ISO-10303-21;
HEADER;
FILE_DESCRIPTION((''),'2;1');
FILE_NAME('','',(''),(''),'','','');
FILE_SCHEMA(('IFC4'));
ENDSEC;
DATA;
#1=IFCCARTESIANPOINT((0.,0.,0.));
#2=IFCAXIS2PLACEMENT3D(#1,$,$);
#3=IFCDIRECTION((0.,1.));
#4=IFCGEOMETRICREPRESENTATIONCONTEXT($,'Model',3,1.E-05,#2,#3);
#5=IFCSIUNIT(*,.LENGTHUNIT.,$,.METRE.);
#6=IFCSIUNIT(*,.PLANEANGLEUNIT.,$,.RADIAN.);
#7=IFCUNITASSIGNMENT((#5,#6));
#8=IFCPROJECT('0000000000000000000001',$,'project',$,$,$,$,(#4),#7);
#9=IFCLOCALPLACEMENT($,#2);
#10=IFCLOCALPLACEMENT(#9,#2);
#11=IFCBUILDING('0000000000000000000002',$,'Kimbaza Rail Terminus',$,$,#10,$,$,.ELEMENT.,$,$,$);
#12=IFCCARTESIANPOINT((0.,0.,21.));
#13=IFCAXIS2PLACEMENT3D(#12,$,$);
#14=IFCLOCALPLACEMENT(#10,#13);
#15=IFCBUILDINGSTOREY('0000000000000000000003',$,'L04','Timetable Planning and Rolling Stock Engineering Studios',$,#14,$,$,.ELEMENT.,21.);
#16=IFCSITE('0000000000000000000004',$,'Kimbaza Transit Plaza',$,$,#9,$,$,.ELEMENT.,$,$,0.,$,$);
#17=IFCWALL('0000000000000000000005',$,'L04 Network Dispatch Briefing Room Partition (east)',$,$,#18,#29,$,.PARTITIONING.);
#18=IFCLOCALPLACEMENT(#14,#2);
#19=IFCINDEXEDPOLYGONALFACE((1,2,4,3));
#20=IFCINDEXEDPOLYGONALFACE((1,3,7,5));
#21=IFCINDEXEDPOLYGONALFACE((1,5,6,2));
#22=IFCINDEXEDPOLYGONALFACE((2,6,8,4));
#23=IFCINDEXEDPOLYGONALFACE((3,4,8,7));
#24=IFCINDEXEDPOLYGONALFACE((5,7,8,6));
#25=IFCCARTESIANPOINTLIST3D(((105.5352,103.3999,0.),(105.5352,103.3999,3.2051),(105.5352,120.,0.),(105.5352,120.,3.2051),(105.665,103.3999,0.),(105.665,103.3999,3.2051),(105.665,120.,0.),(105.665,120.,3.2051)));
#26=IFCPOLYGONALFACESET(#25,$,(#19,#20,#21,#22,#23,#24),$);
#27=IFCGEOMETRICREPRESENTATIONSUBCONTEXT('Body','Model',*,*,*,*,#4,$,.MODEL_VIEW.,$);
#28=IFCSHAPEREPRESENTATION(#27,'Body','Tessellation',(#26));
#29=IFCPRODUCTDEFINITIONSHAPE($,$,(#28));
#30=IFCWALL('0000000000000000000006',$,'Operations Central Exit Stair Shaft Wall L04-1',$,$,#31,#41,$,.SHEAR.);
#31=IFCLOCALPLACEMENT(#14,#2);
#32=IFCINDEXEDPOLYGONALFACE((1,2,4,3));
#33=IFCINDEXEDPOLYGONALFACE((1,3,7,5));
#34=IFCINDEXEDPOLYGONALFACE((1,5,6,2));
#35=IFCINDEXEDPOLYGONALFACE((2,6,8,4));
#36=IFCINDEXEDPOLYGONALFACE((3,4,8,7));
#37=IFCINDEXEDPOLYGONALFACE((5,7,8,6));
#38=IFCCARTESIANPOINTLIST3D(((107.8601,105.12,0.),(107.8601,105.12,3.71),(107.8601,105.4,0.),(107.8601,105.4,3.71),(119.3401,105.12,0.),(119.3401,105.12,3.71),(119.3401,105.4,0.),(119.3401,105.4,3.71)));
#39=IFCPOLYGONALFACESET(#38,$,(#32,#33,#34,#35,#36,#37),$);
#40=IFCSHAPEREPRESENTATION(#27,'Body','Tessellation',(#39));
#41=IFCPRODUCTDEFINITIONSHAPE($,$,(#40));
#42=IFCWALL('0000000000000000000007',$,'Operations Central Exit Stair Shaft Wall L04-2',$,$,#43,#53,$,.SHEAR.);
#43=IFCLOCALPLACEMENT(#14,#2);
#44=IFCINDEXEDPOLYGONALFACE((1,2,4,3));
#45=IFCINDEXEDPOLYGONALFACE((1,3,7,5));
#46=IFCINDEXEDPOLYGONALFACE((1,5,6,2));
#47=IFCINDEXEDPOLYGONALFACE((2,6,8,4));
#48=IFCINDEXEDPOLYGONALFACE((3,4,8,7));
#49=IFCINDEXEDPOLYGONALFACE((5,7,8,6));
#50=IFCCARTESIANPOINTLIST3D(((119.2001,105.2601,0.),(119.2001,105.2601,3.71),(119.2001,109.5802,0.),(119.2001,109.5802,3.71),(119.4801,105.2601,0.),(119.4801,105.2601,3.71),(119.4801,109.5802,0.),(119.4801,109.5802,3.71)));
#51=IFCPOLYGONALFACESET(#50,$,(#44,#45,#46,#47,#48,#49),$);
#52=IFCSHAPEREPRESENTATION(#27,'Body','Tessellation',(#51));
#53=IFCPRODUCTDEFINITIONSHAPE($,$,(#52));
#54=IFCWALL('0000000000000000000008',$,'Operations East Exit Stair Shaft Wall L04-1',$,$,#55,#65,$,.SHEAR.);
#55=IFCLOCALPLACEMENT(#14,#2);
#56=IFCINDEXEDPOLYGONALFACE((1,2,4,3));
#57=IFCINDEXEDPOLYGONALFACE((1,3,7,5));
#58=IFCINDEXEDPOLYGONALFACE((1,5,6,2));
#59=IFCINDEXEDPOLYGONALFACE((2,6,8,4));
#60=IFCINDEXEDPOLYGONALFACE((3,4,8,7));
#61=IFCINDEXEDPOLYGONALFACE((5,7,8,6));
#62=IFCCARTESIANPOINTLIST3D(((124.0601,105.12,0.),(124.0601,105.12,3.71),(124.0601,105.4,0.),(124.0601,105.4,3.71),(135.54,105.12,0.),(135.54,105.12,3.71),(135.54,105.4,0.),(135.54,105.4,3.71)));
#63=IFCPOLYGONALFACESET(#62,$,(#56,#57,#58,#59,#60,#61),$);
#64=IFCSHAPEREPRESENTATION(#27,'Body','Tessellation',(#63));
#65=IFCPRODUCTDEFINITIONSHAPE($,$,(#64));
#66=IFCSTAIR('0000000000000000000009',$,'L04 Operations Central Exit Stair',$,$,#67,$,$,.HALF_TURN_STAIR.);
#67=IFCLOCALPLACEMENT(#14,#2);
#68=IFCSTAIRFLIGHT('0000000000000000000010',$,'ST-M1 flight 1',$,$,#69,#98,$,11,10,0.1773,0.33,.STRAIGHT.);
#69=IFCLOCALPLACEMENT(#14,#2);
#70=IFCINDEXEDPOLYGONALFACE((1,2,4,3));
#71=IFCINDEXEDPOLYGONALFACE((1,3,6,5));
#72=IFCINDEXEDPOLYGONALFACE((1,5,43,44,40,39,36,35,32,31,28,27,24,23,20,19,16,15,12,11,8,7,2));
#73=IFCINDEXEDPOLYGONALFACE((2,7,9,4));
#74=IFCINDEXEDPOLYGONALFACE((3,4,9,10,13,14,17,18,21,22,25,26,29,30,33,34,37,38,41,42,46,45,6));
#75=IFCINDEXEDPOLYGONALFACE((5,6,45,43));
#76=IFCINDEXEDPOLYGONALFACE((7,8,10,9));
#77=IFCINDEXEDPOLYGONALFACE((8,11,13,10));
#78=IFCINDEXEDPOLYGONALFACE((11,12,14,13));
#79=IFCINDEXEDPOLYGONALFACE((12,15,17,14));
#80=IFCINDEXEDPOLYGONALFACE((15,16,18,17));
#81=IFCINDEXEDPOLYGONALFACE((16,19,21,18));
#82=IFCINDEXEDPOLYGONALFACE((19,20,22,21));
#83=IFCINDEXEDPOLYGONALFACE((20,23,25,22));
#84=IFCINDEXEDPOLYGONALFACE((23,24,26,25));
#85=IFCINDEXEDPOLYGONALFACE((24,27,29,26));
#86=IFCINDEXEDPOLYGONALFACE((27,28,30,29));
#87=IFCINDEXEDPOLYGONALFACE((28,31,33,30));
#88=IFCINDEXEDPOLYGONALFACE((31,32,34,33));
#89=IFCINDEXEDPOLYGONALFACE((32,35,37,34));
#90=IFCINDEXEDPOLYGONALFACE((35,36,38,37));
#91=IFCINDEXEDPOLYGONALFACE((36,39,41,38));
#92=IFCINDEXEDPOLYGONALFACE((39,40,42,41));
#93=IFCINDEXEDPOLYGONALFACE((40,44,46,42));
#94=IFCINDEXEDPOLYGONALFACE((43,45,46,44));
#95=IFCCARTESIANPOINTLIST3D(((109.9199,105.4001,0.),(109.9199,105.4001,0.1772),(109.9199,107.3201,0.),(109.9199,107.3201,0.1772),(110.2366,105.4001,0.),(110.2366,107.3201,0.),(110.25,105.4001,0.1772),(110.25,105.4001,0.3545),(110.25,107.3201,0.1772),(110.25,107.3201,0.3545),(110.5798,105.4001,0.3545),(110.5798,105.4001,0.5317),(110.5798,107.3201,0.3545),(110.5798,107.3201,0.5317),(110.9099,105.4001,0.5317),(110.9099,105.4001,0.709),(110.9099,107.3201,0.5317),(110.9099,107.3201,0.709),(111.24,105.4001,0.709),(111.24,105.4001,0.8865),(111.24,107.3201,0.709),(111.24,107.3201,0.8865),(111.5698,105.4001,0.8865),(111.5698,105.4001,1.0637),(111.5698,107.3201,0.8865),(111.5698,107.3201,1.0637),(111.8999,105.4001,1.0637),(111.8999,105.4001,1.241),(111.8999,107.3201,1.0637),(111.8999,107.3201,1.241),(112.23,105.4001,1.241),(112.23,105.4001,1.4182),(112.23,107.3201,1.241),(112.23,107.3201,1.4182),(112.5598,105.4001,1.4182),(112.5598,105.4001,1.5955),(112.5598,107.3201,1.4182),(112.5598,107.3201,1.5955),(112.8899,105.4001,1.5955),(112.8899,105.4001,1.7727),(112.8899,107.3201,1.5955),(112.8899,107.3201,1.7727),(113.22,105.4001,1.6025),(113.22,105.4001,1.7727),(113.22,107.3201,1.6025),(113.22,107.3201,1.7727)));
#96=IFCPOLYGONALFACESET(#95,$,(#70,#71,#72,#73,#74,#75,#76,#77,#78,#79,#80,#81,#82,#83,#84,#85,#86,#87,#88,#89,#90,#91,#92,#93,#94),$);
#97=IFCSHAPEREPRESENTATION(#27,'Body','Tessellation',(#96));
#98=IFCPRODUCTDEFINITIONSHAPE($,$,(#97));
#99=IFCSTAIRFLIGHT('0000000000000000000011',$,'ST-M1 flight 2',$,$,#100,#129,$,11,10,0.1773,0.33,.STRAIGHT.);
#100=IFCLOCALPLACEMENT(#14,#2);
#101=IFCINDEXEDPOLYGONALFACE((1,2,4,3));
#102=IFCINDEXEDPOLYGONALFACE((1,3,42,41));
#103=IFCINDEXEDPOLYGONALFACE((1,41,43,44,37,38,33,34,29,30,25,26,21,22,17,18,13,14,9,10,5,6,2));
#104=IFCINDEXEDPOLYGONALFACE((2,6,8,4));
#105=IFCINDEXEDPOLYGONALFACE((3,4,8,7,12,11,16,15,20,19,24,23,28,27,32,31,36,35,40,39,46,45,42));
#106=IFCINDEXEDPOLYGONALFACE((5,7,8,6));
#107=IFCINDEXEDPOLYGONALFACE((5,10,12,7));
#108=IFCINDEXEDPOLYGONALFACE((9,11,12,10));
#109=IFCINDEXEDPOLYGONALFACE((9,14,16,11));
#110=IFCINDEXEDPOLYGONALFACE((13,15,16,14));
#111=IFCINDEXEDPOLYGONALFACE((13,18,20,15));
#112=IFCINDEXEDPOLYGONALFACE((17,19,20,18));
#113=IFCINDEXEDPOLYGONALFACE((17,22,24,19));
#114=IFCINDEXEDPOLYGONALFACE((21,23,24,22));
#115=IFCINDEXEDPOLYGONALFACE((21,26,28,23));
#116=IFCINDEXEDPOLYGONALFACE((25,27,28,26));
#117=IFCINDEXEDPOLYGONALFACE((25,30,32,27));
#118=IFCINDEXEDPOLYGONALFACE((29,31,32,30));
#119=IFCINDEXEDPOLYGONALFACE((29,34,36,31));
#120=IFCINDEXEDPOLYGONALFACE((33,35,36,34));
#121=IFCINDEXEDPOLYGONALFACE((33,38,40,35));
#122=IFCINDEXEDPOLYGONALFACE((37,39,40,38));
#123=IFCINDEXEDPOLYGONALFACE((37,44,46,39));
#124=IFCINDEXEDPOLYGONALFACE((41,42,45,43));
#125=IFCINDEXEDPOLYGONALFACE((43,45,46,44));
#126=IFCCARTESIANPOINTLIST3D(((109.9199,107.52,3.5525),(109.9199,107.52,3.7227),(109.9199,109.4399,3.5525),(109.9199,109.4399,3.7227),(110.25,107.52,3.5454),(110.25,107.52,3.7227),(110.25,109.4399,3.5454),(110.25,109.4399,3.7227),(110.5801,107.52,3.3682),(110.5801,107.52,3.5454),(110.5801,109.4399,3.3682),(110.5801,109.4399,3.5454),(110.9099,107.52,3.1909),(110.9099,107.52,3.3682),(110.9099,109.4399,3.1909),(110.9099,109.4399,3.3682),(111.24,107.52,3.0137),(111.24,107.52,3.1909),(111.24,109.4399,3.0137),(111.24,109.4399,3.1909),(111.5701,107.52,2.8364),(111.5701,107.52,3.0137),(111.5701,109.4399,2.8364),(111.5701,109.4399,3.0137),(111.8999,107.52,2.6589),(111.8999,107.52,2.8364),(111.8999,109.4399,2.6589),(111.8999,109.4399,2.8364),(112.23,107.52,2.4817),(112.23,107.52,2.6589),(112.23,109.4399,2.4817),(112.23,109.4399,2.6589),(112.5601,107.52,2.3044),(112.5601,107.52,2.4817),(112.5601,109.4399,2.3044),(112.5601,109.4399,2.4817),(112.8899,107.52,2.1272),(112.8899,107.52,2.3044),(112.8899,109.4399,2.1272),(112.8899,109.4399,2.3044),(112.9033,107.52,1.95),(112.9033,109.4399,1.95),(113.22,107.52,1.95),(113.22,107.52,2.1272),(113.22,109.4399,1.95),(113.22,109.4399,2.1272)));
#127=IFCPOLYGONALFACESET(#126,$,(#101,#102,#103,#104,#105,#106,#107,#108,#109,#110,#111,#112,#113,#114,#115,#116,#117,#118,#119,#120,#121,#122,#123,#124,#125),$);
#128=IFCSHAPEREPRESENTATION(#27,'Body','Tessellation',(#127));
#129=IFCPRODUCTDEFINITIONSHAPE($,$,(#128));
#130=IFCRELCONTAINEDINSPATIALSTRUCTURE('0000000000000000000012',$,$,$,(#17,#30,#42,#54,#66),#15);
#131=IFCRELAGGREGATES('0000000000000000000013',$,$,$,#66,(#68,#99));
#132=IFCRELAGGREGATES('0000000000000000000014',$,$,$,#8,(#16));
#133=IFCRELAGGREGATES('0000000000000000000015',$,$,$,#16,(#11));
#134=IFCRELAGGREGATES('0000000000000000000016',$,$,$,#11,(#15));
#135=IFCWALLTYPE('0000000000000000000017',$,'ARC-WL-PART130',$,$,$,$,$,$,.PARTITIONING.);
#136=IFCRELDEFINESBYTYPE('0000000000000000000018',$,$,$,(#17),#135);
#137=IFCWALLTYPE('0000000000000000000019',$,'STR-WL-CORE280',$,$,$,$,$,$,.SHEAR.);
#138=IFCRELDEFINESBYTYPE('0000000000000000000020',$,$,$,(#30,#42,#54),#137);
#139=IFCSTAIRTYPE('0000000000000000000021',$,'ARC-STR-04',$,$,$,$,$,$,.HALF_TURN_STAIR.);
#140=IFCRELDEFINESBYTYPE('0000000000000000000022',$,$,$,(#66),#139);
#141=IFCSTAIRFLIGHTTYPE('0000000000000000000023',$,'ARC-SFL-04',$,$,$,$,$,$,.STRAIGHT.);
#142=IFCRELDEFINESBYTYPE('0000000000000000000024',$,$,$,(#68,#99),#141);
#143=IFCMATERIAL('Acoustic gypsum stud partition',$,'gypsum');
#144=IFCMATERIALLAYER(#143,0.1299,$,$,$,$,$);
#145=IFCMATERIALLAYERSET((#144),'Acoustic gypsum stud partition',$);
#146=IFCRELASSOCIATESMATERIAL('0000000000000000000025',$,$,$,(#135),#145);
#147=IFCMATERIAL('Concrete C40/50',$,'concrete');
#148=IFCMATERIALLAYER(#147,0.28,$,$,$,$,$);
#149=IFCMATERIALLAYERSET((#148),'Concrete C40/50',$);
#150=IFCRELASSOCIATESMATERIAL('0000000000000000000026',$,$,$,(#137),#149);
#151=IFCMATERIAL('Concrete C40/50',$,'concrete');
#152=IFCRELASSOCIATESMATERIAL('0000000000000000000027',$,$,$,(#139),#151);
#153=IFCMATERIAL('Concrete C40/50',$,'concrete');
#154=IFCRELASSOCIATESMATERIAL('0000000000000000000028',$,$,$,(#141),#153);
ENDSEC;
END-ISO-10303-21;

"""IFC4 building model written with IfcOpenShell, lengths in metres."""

from ifc_helpers import new_model, si_unit, direction, frame, frame_2d, origin, place, context, subcontext, project, spatial, polyline, rectangle, outline, extrude, material, layer, layer_set, type_object, element, aggregate, save


model = new_model("IFC4")

# Units and contexts
model_context = context("Model", 3, precision=1e-05, world=origin(), true_north=direction((0.0, 1.0)))
body_context = subcontext(model_context, "Body", "Model", "MODEL_VIEW")
ifc_project = project(units=[si_unit("LENGTHUNIT", "METRE"), si_unit("PLANEANGLEUNIT", "RADIAN")], contexts=[model_context])

# Site, building, storey
site_placement = place(None, origin())
site = spatial("IfcSite", under=ifc_project, at=site_placement, Name="Kimbaza Transit Plaza", CompositionType="ELEMENT", RefElevation=0.0)
building_placement = place(site_placement, origin())
building = spatial("IfcBuilding", under=site, at=building_placement, Name="Kimbaza Rail Terminus", CompositionType="ELEMENT")
storey_placement = place(building_placement, frame((0.0, 0.0, 21.0)))
storey = spatial("IfcBuildingStorey", under=building, at=storey_placement, Name="L04", Description="Timetable Planning and Rolling Stock Engineering Studios", CompositionType="ELEMENT", Elevation=21.0)

# Walls
ifc_material_1 = material(Name="Acoustic gypsum stud partition", Category="gypsum")
ifc_layer_1 = layer(ifc_material_1, 0.1299)
ifc_layer_set_1 = layer_set([ifc_layer_1], Name="Acoustic gypsum stud partition")
wall_type_1 = type_object("IfcWallType", Name="ARC-WL-PART130", PredefinedType="PARTITIONING", material=ifc_layer_set_1)
wall_1_placement = place(storey_placement, frame((105.6001, 103.3999, 0.0), z_axis=(0.0, 0.0, 1.0), x_axis=(0.0, 1.0, 0.0)))
element("IfcWall", 1, at=wall_1_placement, inside=storey, type_object=wall_type_1, Name="L04 Network Dispatch Briefing Room Partition (east)", PredefinedType="PARTITIONING", context=body_context, shape_type="SweptSolid", body=[
    extrude(rectangle(XDim=16.6001, YDim=0.1299, at=frame_2d((8.3, 0.0))), origin(), (0.0, 0.0, 1.0), 3.2051),
])
ifc_material_2 = material(Name="Concrete C40/50", Category="concrete")
ifc_layer_2 = layer(ifc_material_2, 0.28)
ifc_layer_set_2 = layer_set([ifc_layer_2], Name="Concrete C40/50")
wall_type_2 = type_object("IfcWallType", Name="STR-WL-CORE280", PredefinedType="SHEAR", material=ifc_layer_set_2)
wall_2_placement = place(storey_placement, frame((107.8601, 105.26, 0.0), z_axis=(0.0, 0.0, 1.0), x_axis=(1.0, 0.0, 0.0)))
element("IfcWall", 2, at=wall_2_placement, inside=storey, type_object=wall_type_2, Name="Operations Central Exit Stair Shaft Wall L04-1", PredefinedType="SHEAR", context=body_context, shape_type="SweptSolid", body=[
    extrude(rectangle(XDim=11.48, YDim=0.28, at=frame_2d((5.74, 0.0))), origin(), (0.0, 0.0, 1.0), 3.71),
])
wall_3_placement = place(storey_placement, frame((119.3401, 105.26, 0.0), z_axis=(0.0, 0.0, 1.0), x_axis=(0.0, 1.0, 0.0)))
element("IfcWall", 3, at=wall_3_placement, inside=storey, type_object=wall_type_2, Name="Operations Central Exit Stair Shaft Wall L04-2", PredefinedType="SHEAR", context=body_context, shape_type="SweptSolid", body=[
    extrude(rectangle(XDim=4.3201, YDim=0.28, at=frame_2d((2.1602, 0.0))), origin(), (0.0, 0.0, 1.0), 3.71),
])
wall_4_placement = place(storey_placement, frame((124.0601, 105.26, 0.0), z_axis=(0.0, 0.0, 1.0), x_axis=(1.0, 0.0, 0.0)))
element("IfcWall", 4, at=wall_4_placement, inside=storey, type_object=wall_type_2, Name="Operations East Exit Stair Shaft Wall L04-1", PredefinedType="SHEAR", context=body_context, shape_type="SweptSolid", body=[
    extrude(rectangle(XDim=11.48, YDim=0.28, at=frame_2d((5.74, 0.0))), origin(), (0.0, 0.0, 1.0), 3.71),
])

# Stair, stair flights
ifc_material_3 = material(Name="Concrete C40/50", Category="concrete")
stair_type = type_object("IfcStairType", Name="ARC-STR-04", PredefinedType="HALF_TURN_STAIR", material=ifc_material_3)
stair_placement = place(storey_placement, origin())
stair = element("IfcStair", 5, at=stair_placement, inside=storey, type_object=stair_type, Name="L04 Operations Central Exit Stair", PredefinedType="HALF_TURN_STAIR")
ifc_material_4 = material(Name="Concrete C40/50", Category="concrete")
stair_flight_type = type_object("IfcStairFlightType", Name="ARC-SFL-04", PredefinedType="STRAIGHT", material=ifc_material_4)
stair_flight_1_placement = place(storey_placement, frame((109.9199, 106.3601, 0.0), z_axis=(0.0, 0.0, 1.0), x_axis=(1.0, 0.0, 0.0)))
stair_flight_1 = element("IfcStairFlight", 6, at=stair_flight_1_placement, type_object=stair_flight_type, Name="ST-M1 flight 1", NumberOfRisers=11, NumberOfTreads=10, PredefinedType="STRAIGHT", RiserHeight=0.1773, TreadLength=0.33, context=body_context, shape_type="SweptSolid", body=[
    extrude(outline(polyline([(0.0, 0.0), (0.0, 0.1772), (0.3301, 0.1772), (0.3301, 0.3545), (0.6599, 0.3545), (0.6599, 0.5317), (0.99, 0.5317), (0.99, 0.709), (1.3201, 0.709), (1.3201, 0.8865), (1.6499, 0.8865), (1.6499, 1.0637), (1.98, 1.0637), (1.98, 1.241), (2.3101, 1.241), (2.3101, 1.4182), (2.6399, 1.4182), (2.6399, 1.5955), (2.97, 1.5955), (2.97, 1.7727), (3.3, 1.7727), (3.3, 1.95), (3.3, 1.6025), (0.3167, 0.0), (0.0, 0.0)])), frame((0.0, 0.96, 0.0), z_axis=(0.0, -1.0, 0.0), x_axis=(1.0, 0.0, 0.0)), (0.0, 0.0, 1.0), 1.9199),
])
stair_flight_2_placement = place(storey_placement, frame((113.22, 108.48, 1.95), z_axis=(0.0, 0.0, 1.0), x_axis=(-1.0, 0.0, 0.0)))
stair_flight_2 = element("IfcStairFlight", 7, at=stair_flight_2_placement, type_object=stair_flight_type, Name="ST-M1 flight 2", NumberOfRisers=11, NumberOfTreads=10, PredefinedType="STRAIGHT", RiserHeight=0.1773, TreadLength=0.33, context=body_context, shape_type="SweptSolid", body=[
    extrude(outline(polyline([(0.0, 0.0), (0.0, 0.1772), (0.3301, 0.1772), (0.3301, 0.3545), (0.6599, 0.3545), (0.6599, 0.5317), (0.99, 0.5317), (0.99, 0.709), (1.3201, 0.709), (1.3201, 0.8865), (1.6499, 0.8865), (1.6499, 1.0637), (1.98, 1.0637), (1.98, 1.241), (2.3101, 1.241), (2.3101, 1.4182), (2.6399, 1.4182), (2.6399, 1.5955), (2.97, 1.5955), (2.97, 1.7727), (3.3, 1.7727), (3.3, 1.95), (3.3, 1.6025), (0.3167, 0.0), (0.0, 0.0)])), frame((0.0, 0.96, 0.0), z_axis=(0.0, -1.0, 0.0), x_axis=(1.0, 0.0, 0.0)), (0.0, 0.0, 1.0), 1.9199),
])
aggregate(stair, [stair_flight_1, stair_flight_2])

save(model, "model.ifc")
